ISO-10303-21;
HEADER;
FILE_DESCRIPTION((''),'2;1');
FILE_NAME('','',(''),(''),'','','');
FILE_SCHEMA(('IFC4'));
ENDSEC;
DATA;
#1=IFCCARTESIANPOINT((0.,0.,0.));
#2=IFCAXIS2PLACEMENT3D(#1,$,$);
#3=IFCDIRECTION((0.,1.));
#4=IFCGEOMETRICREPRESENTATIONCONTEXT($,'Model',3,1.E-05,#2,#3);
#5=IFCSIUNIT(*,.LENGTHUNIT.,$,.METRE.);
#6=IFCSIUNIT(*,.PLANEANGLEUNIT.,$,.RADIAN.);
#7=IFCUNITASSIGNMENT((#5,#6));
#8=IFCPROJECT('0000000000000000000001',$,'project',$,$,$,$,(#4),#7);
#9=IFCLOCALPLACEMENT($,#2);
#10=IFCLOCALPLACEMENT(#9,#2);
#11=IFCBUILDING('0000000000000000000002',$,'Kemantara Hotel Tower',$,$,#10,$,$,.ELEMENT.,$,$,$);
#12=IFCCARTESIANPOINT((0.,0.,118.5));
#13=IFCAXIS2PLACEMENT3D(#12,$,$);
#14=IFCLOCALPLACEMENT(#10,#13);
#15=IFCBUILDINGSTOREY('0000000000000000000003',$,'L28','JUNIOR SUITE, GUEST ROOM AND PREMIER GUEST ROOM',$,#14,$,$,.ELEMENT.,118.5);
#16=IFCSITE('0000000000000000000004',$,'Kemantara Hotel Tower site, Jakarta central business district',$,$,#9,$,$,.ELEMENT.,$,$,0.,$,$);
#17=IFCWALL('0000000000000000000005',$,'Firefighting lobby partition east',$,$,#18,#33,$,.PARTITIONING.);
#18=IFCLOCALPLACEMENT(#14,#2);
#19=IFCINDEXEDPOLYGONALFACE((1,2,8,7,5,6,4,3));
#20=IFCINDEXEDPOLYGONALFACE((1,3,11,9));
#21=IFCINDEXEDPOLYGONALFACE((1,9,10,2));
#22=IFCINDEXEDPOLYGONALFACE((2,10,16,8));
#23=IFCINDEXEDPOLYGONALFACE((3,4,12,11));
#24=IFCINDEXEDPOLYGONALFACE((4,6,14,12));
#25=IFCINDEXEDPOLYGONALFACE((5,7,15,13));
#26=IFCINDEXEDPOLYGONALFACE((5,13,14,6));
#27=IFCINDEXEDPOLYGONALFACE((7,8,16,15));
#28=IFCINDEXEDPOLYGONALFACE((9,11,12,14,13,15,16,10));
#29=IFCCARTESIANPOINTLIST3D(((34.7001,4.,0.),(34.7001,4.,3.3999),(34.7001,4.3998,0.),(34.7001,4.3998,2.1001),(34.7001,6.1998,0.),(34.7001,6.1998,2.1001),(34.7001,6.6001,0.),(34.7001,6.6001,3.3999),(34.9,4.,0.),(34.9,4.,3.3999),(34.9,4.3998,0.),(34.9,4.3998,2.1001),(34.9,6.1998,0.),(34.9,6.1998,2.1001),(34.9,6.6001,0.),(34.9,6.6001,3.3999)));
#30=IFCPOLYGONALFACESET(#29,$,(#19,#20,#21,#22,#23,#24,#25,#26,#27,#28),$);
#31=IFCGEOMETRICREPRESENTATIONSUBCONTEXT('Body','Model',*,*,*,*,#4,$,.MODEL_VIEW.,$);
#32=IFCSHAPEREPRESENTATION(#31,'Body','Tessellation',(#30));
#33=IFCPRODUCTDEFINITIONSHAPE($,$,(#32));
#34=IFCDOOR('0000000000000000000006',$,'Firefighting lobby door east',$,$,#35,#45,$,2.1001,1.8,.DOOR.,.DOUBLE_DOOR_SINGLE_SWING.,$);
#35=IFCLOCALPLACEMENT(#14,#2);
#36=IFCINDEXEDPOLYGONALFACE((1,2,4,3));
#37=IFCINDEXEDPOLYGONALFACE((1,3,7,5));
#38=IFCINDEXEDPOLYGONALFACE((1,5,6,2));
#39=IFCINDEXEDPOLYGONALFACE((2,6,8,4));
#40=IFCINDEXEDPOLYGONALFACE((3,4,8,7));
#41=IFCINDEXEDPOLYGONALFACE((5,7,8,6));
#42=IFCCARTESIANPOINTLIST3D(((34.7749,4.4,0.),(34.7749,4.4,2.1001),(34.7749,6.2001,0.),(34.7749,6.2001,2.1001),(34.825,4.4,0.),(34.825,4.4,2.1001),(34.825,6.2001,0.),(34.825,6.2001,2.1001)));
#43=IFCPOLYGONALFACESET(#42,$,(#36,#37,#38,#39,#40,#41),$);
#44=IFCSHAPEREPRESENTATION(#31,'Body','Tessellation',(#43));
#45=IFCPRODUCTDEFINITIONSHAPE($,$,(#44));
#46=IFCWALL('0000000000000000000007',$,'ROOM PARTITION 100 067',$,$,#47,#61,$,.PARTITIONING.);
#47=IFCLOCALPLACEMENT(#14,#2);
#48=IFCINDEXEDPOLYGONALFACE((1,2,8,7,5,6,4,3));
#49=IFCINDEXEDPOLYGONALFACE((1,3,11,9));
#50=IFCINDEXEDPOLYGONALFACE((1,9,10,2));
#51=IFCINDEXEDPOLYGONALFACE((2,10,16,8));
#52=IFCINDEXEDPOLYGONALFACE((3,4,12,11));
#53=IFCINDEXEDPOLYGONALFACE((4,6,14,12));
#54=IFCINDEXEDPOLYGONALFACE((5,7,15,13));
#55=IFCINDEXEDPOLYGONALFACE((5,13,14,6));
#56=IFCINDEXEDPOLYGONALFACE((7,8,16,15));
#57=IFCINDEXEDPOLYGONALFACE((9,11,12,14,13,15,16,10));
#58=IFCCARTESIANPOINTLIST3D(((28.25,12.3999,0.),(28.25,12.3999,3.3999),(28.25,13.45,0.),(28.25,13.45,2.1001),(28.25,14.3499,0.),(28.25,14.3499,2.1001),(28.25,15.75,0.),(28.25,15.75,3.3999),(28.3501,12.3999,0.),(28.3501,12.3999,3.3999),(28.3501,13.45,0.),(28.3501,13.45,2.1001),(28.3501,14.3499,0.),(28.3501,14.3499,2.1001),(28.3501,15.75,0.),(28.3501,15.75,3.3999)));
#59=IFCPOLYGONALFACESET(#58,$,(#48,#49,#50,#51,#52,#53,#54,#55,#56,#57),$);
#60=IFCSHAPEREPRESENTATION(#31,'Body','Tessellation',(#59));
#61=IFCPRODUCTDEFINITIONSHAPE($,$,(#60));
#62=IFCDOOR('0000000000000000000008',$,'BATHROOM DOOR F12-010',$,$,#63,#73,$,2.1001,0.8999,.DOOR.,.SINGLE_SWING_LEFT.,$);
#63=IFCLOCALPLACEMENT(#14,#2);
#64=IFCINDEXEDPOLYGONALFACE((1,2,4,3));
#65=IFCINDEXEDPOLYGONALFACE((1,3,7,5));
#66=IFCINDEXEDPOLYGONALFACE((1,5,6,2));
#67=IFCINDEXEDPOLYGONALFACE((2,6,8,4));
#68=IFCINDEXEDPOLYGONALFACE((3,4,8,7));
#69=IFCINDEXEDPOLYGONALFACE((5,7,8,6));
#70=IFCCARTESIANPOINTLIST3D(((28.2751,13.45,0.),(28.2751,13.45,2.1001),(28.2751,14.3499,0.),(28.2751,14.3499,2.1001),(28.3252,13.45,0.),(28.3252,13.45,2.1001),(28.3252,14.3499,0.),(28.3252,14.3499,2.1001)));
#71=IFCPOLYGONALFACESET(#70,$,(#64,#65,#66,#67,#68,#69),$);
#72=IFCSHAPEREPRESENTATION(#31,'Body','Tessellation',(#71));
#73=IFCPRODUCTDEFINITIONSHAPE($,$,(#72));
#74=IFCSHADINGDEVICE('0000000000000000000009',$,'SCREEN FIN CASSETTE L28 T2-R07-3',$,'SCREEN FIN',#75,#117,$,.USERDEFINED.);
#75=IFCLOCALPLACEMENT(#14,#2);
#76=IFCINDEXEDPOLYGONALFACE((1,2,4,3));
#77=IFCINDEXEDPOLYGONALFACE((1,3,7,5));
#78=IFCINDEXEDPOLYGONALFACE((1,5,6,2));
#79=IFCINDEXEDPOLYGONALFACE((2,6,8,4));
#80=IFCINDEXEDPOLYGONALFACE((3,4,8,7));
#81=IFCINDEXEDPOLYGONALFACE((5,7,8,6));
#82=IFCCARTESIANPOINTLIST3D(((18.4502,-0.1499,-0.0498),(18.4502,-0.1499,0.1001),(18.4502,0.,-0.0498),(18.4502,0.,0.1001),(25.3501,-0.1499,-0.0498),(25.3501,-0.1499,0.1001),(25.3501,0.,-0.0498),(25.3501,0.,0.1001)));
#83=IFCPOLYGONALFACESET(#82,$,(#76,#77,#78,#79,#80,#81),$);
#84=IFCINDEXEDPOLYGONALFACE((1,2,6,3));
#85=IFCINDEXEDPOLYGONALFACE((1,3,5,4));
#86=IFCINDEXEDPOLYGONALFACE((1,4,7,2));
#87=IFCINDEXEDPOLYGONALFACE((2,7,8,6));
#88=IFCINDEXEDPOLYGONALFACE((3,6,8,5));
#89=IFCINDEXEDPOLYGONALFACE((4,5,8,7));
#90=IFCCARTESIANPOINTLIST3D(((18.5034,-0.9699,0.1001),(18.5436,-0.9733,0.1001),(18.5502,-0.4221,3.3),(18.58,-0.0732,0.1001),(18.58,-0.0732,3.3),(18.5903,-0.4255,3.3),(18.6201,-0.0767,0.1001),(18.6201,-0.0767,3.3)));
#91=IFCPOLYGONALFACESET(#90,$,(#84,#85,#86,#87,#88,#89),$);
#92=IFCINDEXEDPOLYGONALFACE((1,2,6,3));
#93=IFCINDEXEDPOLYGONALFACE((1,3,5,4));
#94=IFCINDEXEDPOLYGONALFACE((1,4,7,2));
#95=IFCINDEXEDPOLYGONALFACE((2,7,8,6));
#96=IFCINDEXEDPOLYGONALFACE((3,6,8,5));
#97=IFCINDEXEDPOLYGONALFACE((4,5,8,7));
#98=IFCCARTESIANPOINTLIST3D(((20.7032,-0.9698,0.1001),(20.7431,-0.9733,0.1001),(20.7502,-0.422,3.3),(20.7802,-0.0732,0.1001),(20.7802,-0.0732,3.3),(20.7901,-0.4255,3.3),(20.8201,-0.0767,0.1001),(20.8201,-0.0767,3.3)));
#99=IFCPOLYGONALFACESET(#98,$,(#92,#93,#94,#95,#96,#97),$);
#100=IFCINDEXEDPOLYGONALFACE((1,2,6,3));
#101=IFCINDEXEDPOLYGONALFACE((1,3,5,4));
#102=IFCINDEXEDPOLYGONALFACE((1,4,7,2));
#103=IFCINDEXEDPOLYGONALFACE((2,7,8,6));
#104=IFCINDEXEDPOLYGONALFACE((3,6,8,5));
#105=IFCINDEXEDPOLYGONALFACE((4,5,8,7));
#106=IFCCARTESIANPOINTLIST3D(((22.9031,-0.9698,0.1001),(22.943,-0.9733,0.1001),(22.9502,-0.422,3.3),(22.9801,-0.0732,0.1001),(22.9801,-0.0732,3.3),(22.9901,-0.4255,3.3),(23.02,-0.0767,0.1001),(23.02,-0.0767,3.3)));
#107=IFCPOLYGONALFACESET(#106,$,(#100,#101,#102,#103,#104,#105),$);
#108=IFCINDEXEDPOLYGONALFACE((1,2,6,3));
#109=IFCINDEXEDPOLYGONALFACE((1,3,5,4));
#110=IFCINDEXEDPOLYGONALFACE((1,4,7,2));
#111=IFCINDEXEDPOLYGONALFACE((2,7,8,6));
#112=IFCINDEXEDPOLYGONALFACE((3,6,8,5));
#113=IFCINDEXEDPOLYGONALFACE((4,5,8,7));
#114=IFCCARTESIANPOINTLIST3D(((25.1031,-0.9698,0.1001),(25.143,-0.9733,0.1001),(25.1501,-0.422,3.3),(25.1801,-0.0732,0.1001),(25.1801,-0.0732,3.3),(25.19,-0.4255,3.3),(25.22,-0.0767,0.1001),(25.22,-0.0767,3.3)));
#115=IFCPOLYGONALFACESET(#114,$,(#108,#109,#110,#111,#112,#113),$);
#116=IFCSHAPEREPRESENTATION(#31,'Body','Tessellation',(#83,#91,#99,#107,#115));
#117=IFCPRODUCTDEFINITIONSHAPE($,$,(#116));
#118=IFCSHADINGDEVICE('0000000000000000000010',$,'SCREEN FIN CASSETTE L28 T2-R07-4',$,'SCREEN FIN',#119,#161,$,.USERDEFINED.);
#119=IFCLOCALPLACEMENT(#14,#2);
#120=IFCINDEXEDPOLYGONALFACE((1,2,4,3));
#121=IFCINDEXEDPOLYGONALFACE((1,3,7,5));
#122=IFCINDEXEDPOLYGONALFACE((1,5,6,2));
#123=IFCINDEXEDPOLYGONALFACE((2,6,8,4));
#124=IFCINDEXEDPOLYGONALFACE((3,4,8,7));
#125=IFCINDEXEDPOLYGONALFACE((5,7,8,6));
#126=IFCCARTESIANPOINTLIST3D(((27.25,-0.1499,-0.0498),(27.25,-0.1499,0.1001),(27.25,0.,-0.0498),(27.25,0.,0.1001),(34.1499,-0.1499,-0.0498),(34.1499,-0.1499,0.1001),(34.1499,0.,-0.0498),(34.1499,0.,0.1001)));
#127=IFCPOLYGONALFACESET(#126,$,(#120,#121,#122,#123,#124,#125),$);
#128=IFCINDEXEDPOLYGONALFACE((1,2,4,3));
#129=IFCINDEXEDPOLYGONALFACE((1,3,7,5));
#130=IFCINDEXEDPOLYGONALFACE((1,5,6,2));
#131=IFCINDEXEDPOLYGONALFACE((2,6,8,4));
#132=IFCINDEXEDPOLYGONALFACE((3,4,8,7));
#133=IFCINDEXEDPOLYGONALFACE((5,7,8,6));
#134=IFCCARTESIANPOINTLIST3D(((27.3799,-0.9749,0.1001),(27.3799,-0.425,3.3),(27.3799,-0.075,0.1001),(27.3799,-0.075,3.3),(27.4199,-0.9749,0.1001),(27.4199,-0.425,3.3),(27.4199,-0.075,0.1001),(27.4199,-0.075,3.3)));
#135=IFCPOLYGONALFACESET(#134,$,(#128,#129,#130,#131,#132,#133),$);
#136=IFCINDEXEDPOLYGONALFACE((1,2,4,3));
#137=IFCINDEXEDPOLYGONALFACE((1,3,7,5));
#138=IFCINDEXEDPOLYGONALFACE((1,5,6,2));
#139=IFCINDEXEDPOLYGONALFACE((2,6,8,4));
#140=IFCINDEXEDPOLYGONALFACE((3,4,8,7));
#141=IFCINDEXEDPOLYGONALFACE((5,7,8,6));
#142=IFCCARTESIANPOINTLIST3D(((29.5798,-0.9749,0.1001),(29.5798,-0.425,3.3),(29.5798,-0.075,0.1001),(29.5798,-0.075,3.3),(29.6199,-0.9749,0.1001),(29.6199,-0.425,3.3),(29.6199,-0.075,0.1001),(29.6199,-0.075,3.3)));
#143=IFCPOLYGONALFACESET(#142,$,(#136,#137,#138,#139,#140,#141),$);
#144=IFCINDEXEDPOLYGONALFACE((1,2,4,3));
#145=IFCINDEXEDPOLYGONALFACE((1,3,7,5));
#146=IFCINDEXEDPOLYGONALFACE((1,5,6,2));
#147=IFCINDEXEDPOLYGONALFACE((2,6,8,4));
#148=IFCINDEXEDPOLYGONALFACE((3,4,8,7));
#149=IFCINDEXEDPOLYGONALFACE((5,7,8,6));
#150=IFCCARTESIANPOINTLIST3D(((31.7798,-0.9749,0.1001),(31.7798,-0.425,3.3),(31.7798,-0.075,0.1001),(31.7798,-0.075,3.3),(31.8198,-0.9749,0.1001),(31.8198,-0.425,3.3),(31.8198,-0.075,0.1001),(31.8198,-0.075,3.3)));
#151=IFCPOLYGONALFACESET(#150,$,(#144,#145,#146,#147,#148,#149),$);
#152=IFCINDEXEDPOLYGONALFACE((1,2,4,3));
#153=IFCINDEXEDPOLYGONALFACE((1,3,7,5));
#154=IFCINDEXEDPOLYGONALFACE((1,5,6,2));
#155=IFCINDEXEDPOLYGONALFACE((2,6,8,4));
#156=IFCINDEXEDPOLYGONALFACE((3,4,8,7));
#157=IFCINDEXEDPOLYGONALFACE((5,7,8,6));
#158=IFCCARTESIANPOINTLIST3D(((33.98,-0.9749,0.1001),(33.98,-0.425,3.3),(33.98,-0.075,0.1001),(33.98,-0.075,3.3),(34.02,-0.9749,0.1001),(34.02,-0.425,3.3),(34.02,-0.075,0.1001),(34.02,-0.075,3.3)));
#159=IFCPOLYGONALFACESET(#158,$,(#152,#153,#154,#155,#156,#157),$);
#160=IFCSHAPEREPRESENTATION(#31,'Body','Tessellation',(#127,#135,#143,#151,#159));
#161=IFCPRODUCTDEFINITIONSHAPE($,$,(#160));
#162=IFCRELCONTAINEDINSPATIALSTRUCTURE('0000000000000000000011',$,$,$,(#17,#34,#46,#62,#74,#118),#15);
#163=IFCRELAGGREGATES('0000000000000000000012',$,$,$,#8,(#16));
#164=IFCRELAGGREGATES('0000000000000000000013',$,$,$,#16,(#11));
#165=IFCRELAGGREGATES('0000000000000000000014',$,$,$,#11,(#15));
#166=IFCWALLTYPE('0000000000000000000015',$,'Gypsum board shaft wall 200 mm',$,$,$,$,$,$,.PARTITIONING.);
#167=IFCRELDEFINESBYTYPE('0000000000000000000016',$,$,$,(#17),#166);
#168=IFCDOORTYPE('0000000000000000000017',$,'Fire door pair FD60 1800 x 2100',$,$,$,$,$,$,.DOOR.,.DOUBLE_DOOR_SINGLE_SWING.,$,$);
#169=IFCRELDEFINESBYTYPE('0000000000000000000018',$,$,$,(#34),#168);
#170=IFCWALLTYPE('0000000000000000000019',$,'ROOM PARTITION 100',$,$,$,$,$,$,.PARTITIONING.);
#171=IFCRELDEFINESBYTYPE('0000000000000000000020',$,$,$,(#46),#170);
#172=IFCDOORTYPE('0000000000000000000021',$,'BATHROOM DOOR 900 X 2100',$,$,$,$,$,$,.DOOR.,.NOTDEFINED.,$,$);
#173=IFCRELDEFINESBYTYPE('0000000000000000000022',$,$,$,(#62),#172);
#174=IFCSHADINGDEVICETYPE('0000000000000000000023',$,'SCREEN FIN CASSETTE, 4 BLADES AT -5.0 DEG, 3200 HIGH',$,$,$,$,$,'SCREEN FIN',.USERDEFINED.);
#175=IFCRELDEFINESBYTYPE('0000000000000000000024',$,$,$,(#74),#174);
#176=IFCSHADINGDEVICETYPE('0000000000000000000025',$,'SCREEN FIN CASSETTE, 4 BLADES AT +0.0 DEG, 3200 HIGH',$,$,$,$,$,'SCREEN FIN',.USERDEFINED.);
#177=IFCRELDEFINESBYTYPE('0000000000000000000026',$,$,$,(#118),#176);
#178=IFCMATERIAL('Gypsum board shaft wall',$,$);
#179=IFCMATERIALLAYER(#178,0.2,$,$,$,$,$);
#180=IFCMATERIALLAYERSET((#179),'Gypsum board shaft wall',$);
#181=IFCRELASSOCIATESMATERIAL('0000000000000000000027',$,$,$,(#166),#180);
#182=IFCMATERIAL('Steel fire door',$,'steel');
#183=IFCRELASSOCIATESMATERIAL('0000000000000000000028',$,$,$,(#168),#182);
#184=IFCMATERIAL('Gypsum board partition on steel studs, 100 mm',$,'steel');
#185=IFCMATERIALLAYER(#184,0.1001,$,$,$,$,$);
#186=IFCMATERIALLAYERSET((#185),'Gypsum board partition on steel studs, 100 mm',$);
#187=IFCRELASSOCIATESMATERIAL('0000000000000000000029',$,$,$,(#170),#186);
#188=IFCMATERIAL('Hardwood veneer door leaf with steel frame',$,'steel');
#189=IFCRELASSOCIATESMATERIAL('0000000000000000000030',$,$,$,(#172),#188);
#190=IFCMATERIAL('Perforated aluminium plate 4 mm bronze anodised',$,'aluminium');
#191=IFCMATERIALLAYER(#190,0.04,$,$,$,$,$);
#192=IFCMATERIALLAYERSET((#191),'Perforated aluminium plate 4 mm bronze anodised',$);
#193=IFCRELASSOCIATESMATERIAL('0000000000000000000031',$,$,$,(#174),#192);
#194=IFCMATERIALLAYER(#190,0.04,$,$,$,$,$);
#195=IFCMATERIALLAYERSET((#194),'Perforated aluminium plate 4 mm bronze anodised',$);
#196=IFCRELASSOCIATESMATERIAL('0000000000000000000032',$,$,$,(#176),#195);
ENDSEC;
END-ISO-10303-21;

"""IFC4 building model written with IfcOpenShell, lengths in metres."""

from ifc_helpers import new_model, si_unit, direction, frame, frame_2d, origin, origin_2d, place, context, subcontext, project, spatial, polyline, rectangle, outline, extrude, source, transform, mapped, material, layer, layer_set, type_object, element, fill, save


model = new_model("IFC4")

# Units and contexts
model_context = context("Model", 3, precision=1e-05, world=origin(), true_north=direction((0.0, 1.0)))
body_context = subcontext(model_context, "Body", "Model", "MODEL_VIEW")
ifc_project = project(units=[si_unit("LENGTHUNIT", "METRE"), si_unit("PLANEANGLEUNIT", "RADIAN")], contexts=[model_context])

# Site, building, storey
site_placement = place(None, origin())
site = spatial("IfcSite", under=ifc_project, at=site_placement, Name="Kemantara Hotel Tower site, Jakarta central business district", CompositionType="ELEMENT", RefElevation=0.0)
building_placement = place(site_placement, origin())
building = spatial("IfcBuilding", under=site, at=building_placement, Name="Kemantara Hotel Tower", CompositionType="ELEMENT")
storey_placement = place(building_placement, frame((0.0, 0.0, 118.5)))
storey = spatial("IfcBuildingStorey", under=building, at=storey_placement, Name="L28", Description="JUNIOR SUITE, GUEST ROOM AND PREMIER GUEST ROOM", CompositionType="ELEMENT", Elevation=118.5)

# Shared definitions
ifc_material_1 = material(Name="Steel fire door", Category="steel")

# Shared definitions
ifc_material_2 = material(Name="Hardwood veneer door leaf with steel frame", Category="steel")

# Walls, openings, doors
ifc_material_3 = material(Name="Gypsum board shaft wall")
ifc_layer_1 = layer(ifc_material_3, 0.2)
ifc_layer_set_1 = layer_set([ifc_layer_1], Name="Gypsum board shaft wall")
wall_type_1 = type_object("IfcWallType", Name="Gypsum board shaft wall 200 mm", PredefinedType="PARTITIONING", material=ifc_layer_set_1)
door_type_1 = type_object("IfcDoorType", Name="Fire door pair FD60 1800 x 2100", OperationType="DOUBLE_DOOR_SINGLE_SWING", PredefinedType="DOOR", material=ifc_material_1)
wall_1_placement = place(storey_placement, frame((34.8, 4.0, 0.0), z_axis=(0.0, 0.0, 1.0), x_axis=(0.0, 1.0, 0.0)))
wall_1 = element("IfcWall", 1, at=wall_1_placement, inside=storey, type_object=wall_type_1, Name="Firefighting lobby partition east", PredefinedType="PARTITIONING", context=body_context, shape_type="SweptSolid", body=[
    extrude(rectangle(XDim=2.6001, YDim=0.2, at=frame_2d((1.3, 0.0))), origin(), (0.0, 0.0, 1.0), 3.3999),
])
opening_1_placement = place(wall_1_placement, frame((0.3999, 0.0, 0.0)))
opening_1 = element("IfcOpeningElement", 2, at=opening_1_placement, cuts=wall_1, PredefinedType="OPENING", context=body_context, shape_type="SweptSolid", body=[
    extrude(rectangle(XDim=1.8, YDim=2.1001, at=frame_2d((0.8999, 1.05))), frame((0.0, 0.1099, 0.0), z_axis=(0.0, -1.0, 0.0), x_axis=(1.0, 0.0, 0.0)), (0.0, 0.0, 1.0), 0.22),
])
door_1_placement = place(opening_1_placement, frame((1.8, 0.0, 0.0), z_axis=(0.0, 0.0, 1.0), x_axis=(-1.0, 0.0, 0.0)))
door_1 = element("IfcDoor", 3, at=door_1_placement, inside=storey, type_object=door_type_1, Name="Firefighting lobby door east", OperationType="DOUBLE_DOOR_SINGLE_SWING", OverallHeight=2.1001, OverallWidth=1.8, PredefinedType="DOOR", context=body_context, shape_type="SweptSolid", body=[
    extrude(rectangle(XDim=1.8, YDim=2.1001, at=frame_2d((0.8999, 1.05))), frame((0.0, 0.0249, 0.0), z_axis=(0.0, -1.0, 0.0), x_axis=(1.0, 0.0, 0.0)), (0.0, 0.0, 1.0), 0.05),
])
fill(opening_1, door_1)
ifc_material_4 = material(Name="Gypsum board partition on steel studs, 100 mm", Category="steel")
ifc_layer_2 = layer(ifc_material_4, 0.1001)
ifc_layer_set_2 = layer_set([ifc_layer_2], Name="Gypsum board partition on steel studs, 100 mm")
wall_type_2 = type_object("IfcWallType", Name="ROOM PARTITION 100", PredefinedType="PARTITIONING", material=ifc_layer_set_2)
wall_2_placement = place(storey_placement, frame((28.3, 12.3999, 0.0), z_axis=(0.0, 0.0, 1.0), x_axis=(0.0, 1.0, 0.0)))
wall_2 = element("IfcWall", 4, at=wall_2_placement, inside=storey, type_object=wall_type_2, Name="ROOM PARTITION 100 067", PredefinedType="PARTITIONING", context=body_context, shape_type="SweptSolid", body=[
    extrude(rectangle(XDim=3.3501, YDim=0.1001, at=frame_2d((1.675, 0.0))), origin(), (0.0, 0.0, 1.0), 3.3999),
])
opening_2_placement = place(wall_2_placement, frame((1.05, 0.0, 0.0)))
opening_2 = element("IfcOpeningElement", 5, at=opening_2_placement, cuts=wall_2, PredefinedType="OPENING", context=body_context, shape_type="SweptSolid", body=[
    extrude(rectangle(XDim=0.8999, YDim=2.1001, at=frame_2d((0.45, 1.05))), frame((0.0, 0.0601, 0.0), z_axis=(0.0, -1.0, 0.0), x_axis=(1.0, 0.0, 0.0)), (0.0, 0.0, 1.0), 0.1201),
])
door_type_2 = type_object("IfcDoorType", Name="BATHROOM DOOR 900 X 2100", OperationType="NOTDEFINED", PredefinedType="DOOR", material=ifc_material_2)
door_2_placement = place(opening_2_placement, origin())
door_2 = element("IfcDoor", 6, at=door_2_placement, inside=storey, type_object=door_type_2, Name="BATHROOM DOOR F12-010", OperationType="SINGLE_SWING_LEFT", OverallHeight=2.1001, OverallWidth=0.8999, PredefinedType="DOOR", context=body_context, shape_type="SweptSolid", body=[
    extrude(rectangle(XDim=0.8999, YDim=2.1001, at=frame_2d((0.45, 1.05))), frame((0.0, 0.0249, 0.0), z_axis=(0.0, -1.0, 0.0), x_axis=(1.0, 0.0, 0.0)), (0.0, 0.0, 1.0), 0.05),
])
fill(opening_2, door_2)

# Shading devices
ifc_material_5 = material(Name="Perforated aluminium plate 4 mm bronze anodised", Category="aluminium")
ifc_layer_3 = layer(ifc_material_5, 0.04)
ifc_layer_set_3 = layer_set([ifc_layer_3], Name="Perforated aluminium plate 4 mm bronze anodised")
shading_device_type_1 = type_object("IfcShadingDeviceType", Name="SCREEN FIN CASSETTE, 4 BLADES AT -5.0 DEG, 3200 HIGH", ElementType="SCREEN FIN", PredefinedType="USERDEFINED", material=ifc_layer_set_3)
shared_shape_1 = source(origin(), body_context, "Body", "SweptSolid", [
    extrude(rectangle(XDim=6.8999, YDim=0.1499, at=origin_2d()), frame((3.3, -0.075, -0.1499), z_axis=(0.0, 0.0, 1.0), x_axis=(1.0, 0.0, 0.0)), (0.0, 0.0, 1.0), 0.1499),
    extrude(outline(polyline([(0.0, 0.0), (0.8999, 0.0), (0.3501, 3.2), (0.0, 3.2), (0.0, 0.0)])), frame((0.02, -0.0767, 0.0), z_axis=(-0.996376, 0.085056, 0.0), x_axis=(-0.085056, -0.996376, 0.0)), (0.0, 0.0, 1.0), 0.0403),
    extrude(outline(polyline([(0.0, 0.0), (0.8999, 0.0), (0.3501, 3.2), (0.0, 3.2), (0.0, 0.0)])), frame((2.22, -0.0767, 0.0), z_axis=(-0.996332, 0.085575, 0.0), x_axis=(-0.085575, -0.996332, 0.0)), (0.0, 0.0, 1.0), 0.04),
    extrude(outline(polyline([(0.0, 0.0), (0.8999, 0.0), (0.3501, 3.2), (0.0, 3.2), (0.0, 0.0)])), frame((4.4199, -0.0767, 0.0), z_axis=(-0.996332, 0.085575, 0.0), x_axis=(-0.085575, -0.996332, 0.0)), (0.0, 0.0, 1.0), 0.04),
    extrude(outline(polyline([(0.0, 0.0), (0.8999, 0.0), (0.3501, 3.2), (0.0, 3.2), (0.0, 0.0)])), frame((6.6199, -0.0767, 0.0), z_axis=(-0.996332, 0.085575, 0.0), x_axis=(-0.085575, -0.996332, 0.0)), (0.0, 0.0, 1.0), 0.04),
])
shading_device_1_placement = place(storey_placement, frame((18.6001, 0.0, 0.1001), z_axis=(0.0, 0.0, 1.0), x_axis=(1.0, 0.0, 0.0)))
element("IfcShadingDevice", 7, at=shading_device_1_placement, inside=storey, type_object=shading_device_type_1, Name="SCREEN FIN CASSETTE L28 T2-R07-3", ObjectType="SCREEN FIN", PredefinedType="USERDEFINED", context=body_context, shape_type="MappedRepresentation", body=[
    mapped(shared_shape_1, transform((0.0, 0.0, 0.0))),
])
ifc_layer_4 = layer(ifc_material_5, 0.04)
ifc_layer_set_4 = layer_set([ifc_layer_4], Name="Perforated aluminium plate 4 mm bronze anodised")
shading_device_type_2 = type_object("IfcShadingDeviceType", Name="SCREEN FIN CASSETTE, 4 BLADES AT +0.0 DEG, 3200 HIGH", ElementType="SCREEN FIN", PredefinedType="USERDEFINED", material=ifc_layer_set_4)
shared_shape_2 = source(origin(), body_context, "Body", "SweptSolid", [
    extrude(rectangle(XDim=6.8999, YDim=0.1499, at=origin_2d()), frame((3.3, -0.075, -0.1499), z_axis=(0.0, 0.0, 1.0), x_axis=(1.0, 0.0, 0.0)), (0.0, 0.0, 1.0), 0.1499),
    extrude(outline(polyline([(0.0, 0.0), (0.8999, 0.0), (0.3501, 3.2), (0.0, 3.2), (0.0, 0.0)])), frame((0.02, -0.075, 0.0), z_axis=(-1.0, 0.0, 0.0), x_axis=(0.0, -1.0, 0.0)), (0.0, 0.0, 1.0), 0.04),
    extrude(outline(polyline([(0.0, 0.0), (0.8999, 0.0), (0.3501, 3.2), (0.0, 3.2), (0.0, 0.0)])), frame((2.22, -0.075, 0.0), z_axis=(-1.0, 0.0, 0.0), x_axis=(0.0, -1.0, 0.0)), (0.0, 0.0, 1.0), 0.04),
    extrude(outline(polyline([(0.0, 0.0), (0.8999, 0.0), (0.3501, 3.2), (0.0, 3.2), (0.0, 0.0)])), frame((4.4199, -0.075, 0.0), z_axis=(-1.0, 0.0, 0.0), x_axis=(0.0, -1.0, 0.0)), (0.0, 0.0, 1.0), 0.04),
    extrude(outline(polyline([(0.0, 0.0), (0.8999, 0.0), (0.3501, 3.2), (0.0, 3.2), (0.0, 0.0)])), frame((6.6201, -0.075, 0.0), z_axis=(-1.0, 0.0, 0.0), x_axis=(0.0, -1.0, 0.0)), (0.0, 0.0, 1.0), 0.04),
])
shading_device_2_placement = place(storey_placement, frame((27.3999, 0.0, 0.1001), z_axis=(0.0, 0.0, 1.0), x_axis=(1.0, 0.0, 0.0)))
element("IfcShadingDevice", 8, at=shading_device_2_placement, inside=storey, type_object=shading_device_type_2, Name="SCREEN FIN CASSETTE L28 T2-R07-4", ObjectType="SCREEN FIN", PredefinedType="USERDEFINED", context=body_context, shape_type="MappedRepresentation", body=[
    mapped(shared_shape_2, transform((0.0, 0.0, 0.0))),
])

save(model, "model.ifc")
